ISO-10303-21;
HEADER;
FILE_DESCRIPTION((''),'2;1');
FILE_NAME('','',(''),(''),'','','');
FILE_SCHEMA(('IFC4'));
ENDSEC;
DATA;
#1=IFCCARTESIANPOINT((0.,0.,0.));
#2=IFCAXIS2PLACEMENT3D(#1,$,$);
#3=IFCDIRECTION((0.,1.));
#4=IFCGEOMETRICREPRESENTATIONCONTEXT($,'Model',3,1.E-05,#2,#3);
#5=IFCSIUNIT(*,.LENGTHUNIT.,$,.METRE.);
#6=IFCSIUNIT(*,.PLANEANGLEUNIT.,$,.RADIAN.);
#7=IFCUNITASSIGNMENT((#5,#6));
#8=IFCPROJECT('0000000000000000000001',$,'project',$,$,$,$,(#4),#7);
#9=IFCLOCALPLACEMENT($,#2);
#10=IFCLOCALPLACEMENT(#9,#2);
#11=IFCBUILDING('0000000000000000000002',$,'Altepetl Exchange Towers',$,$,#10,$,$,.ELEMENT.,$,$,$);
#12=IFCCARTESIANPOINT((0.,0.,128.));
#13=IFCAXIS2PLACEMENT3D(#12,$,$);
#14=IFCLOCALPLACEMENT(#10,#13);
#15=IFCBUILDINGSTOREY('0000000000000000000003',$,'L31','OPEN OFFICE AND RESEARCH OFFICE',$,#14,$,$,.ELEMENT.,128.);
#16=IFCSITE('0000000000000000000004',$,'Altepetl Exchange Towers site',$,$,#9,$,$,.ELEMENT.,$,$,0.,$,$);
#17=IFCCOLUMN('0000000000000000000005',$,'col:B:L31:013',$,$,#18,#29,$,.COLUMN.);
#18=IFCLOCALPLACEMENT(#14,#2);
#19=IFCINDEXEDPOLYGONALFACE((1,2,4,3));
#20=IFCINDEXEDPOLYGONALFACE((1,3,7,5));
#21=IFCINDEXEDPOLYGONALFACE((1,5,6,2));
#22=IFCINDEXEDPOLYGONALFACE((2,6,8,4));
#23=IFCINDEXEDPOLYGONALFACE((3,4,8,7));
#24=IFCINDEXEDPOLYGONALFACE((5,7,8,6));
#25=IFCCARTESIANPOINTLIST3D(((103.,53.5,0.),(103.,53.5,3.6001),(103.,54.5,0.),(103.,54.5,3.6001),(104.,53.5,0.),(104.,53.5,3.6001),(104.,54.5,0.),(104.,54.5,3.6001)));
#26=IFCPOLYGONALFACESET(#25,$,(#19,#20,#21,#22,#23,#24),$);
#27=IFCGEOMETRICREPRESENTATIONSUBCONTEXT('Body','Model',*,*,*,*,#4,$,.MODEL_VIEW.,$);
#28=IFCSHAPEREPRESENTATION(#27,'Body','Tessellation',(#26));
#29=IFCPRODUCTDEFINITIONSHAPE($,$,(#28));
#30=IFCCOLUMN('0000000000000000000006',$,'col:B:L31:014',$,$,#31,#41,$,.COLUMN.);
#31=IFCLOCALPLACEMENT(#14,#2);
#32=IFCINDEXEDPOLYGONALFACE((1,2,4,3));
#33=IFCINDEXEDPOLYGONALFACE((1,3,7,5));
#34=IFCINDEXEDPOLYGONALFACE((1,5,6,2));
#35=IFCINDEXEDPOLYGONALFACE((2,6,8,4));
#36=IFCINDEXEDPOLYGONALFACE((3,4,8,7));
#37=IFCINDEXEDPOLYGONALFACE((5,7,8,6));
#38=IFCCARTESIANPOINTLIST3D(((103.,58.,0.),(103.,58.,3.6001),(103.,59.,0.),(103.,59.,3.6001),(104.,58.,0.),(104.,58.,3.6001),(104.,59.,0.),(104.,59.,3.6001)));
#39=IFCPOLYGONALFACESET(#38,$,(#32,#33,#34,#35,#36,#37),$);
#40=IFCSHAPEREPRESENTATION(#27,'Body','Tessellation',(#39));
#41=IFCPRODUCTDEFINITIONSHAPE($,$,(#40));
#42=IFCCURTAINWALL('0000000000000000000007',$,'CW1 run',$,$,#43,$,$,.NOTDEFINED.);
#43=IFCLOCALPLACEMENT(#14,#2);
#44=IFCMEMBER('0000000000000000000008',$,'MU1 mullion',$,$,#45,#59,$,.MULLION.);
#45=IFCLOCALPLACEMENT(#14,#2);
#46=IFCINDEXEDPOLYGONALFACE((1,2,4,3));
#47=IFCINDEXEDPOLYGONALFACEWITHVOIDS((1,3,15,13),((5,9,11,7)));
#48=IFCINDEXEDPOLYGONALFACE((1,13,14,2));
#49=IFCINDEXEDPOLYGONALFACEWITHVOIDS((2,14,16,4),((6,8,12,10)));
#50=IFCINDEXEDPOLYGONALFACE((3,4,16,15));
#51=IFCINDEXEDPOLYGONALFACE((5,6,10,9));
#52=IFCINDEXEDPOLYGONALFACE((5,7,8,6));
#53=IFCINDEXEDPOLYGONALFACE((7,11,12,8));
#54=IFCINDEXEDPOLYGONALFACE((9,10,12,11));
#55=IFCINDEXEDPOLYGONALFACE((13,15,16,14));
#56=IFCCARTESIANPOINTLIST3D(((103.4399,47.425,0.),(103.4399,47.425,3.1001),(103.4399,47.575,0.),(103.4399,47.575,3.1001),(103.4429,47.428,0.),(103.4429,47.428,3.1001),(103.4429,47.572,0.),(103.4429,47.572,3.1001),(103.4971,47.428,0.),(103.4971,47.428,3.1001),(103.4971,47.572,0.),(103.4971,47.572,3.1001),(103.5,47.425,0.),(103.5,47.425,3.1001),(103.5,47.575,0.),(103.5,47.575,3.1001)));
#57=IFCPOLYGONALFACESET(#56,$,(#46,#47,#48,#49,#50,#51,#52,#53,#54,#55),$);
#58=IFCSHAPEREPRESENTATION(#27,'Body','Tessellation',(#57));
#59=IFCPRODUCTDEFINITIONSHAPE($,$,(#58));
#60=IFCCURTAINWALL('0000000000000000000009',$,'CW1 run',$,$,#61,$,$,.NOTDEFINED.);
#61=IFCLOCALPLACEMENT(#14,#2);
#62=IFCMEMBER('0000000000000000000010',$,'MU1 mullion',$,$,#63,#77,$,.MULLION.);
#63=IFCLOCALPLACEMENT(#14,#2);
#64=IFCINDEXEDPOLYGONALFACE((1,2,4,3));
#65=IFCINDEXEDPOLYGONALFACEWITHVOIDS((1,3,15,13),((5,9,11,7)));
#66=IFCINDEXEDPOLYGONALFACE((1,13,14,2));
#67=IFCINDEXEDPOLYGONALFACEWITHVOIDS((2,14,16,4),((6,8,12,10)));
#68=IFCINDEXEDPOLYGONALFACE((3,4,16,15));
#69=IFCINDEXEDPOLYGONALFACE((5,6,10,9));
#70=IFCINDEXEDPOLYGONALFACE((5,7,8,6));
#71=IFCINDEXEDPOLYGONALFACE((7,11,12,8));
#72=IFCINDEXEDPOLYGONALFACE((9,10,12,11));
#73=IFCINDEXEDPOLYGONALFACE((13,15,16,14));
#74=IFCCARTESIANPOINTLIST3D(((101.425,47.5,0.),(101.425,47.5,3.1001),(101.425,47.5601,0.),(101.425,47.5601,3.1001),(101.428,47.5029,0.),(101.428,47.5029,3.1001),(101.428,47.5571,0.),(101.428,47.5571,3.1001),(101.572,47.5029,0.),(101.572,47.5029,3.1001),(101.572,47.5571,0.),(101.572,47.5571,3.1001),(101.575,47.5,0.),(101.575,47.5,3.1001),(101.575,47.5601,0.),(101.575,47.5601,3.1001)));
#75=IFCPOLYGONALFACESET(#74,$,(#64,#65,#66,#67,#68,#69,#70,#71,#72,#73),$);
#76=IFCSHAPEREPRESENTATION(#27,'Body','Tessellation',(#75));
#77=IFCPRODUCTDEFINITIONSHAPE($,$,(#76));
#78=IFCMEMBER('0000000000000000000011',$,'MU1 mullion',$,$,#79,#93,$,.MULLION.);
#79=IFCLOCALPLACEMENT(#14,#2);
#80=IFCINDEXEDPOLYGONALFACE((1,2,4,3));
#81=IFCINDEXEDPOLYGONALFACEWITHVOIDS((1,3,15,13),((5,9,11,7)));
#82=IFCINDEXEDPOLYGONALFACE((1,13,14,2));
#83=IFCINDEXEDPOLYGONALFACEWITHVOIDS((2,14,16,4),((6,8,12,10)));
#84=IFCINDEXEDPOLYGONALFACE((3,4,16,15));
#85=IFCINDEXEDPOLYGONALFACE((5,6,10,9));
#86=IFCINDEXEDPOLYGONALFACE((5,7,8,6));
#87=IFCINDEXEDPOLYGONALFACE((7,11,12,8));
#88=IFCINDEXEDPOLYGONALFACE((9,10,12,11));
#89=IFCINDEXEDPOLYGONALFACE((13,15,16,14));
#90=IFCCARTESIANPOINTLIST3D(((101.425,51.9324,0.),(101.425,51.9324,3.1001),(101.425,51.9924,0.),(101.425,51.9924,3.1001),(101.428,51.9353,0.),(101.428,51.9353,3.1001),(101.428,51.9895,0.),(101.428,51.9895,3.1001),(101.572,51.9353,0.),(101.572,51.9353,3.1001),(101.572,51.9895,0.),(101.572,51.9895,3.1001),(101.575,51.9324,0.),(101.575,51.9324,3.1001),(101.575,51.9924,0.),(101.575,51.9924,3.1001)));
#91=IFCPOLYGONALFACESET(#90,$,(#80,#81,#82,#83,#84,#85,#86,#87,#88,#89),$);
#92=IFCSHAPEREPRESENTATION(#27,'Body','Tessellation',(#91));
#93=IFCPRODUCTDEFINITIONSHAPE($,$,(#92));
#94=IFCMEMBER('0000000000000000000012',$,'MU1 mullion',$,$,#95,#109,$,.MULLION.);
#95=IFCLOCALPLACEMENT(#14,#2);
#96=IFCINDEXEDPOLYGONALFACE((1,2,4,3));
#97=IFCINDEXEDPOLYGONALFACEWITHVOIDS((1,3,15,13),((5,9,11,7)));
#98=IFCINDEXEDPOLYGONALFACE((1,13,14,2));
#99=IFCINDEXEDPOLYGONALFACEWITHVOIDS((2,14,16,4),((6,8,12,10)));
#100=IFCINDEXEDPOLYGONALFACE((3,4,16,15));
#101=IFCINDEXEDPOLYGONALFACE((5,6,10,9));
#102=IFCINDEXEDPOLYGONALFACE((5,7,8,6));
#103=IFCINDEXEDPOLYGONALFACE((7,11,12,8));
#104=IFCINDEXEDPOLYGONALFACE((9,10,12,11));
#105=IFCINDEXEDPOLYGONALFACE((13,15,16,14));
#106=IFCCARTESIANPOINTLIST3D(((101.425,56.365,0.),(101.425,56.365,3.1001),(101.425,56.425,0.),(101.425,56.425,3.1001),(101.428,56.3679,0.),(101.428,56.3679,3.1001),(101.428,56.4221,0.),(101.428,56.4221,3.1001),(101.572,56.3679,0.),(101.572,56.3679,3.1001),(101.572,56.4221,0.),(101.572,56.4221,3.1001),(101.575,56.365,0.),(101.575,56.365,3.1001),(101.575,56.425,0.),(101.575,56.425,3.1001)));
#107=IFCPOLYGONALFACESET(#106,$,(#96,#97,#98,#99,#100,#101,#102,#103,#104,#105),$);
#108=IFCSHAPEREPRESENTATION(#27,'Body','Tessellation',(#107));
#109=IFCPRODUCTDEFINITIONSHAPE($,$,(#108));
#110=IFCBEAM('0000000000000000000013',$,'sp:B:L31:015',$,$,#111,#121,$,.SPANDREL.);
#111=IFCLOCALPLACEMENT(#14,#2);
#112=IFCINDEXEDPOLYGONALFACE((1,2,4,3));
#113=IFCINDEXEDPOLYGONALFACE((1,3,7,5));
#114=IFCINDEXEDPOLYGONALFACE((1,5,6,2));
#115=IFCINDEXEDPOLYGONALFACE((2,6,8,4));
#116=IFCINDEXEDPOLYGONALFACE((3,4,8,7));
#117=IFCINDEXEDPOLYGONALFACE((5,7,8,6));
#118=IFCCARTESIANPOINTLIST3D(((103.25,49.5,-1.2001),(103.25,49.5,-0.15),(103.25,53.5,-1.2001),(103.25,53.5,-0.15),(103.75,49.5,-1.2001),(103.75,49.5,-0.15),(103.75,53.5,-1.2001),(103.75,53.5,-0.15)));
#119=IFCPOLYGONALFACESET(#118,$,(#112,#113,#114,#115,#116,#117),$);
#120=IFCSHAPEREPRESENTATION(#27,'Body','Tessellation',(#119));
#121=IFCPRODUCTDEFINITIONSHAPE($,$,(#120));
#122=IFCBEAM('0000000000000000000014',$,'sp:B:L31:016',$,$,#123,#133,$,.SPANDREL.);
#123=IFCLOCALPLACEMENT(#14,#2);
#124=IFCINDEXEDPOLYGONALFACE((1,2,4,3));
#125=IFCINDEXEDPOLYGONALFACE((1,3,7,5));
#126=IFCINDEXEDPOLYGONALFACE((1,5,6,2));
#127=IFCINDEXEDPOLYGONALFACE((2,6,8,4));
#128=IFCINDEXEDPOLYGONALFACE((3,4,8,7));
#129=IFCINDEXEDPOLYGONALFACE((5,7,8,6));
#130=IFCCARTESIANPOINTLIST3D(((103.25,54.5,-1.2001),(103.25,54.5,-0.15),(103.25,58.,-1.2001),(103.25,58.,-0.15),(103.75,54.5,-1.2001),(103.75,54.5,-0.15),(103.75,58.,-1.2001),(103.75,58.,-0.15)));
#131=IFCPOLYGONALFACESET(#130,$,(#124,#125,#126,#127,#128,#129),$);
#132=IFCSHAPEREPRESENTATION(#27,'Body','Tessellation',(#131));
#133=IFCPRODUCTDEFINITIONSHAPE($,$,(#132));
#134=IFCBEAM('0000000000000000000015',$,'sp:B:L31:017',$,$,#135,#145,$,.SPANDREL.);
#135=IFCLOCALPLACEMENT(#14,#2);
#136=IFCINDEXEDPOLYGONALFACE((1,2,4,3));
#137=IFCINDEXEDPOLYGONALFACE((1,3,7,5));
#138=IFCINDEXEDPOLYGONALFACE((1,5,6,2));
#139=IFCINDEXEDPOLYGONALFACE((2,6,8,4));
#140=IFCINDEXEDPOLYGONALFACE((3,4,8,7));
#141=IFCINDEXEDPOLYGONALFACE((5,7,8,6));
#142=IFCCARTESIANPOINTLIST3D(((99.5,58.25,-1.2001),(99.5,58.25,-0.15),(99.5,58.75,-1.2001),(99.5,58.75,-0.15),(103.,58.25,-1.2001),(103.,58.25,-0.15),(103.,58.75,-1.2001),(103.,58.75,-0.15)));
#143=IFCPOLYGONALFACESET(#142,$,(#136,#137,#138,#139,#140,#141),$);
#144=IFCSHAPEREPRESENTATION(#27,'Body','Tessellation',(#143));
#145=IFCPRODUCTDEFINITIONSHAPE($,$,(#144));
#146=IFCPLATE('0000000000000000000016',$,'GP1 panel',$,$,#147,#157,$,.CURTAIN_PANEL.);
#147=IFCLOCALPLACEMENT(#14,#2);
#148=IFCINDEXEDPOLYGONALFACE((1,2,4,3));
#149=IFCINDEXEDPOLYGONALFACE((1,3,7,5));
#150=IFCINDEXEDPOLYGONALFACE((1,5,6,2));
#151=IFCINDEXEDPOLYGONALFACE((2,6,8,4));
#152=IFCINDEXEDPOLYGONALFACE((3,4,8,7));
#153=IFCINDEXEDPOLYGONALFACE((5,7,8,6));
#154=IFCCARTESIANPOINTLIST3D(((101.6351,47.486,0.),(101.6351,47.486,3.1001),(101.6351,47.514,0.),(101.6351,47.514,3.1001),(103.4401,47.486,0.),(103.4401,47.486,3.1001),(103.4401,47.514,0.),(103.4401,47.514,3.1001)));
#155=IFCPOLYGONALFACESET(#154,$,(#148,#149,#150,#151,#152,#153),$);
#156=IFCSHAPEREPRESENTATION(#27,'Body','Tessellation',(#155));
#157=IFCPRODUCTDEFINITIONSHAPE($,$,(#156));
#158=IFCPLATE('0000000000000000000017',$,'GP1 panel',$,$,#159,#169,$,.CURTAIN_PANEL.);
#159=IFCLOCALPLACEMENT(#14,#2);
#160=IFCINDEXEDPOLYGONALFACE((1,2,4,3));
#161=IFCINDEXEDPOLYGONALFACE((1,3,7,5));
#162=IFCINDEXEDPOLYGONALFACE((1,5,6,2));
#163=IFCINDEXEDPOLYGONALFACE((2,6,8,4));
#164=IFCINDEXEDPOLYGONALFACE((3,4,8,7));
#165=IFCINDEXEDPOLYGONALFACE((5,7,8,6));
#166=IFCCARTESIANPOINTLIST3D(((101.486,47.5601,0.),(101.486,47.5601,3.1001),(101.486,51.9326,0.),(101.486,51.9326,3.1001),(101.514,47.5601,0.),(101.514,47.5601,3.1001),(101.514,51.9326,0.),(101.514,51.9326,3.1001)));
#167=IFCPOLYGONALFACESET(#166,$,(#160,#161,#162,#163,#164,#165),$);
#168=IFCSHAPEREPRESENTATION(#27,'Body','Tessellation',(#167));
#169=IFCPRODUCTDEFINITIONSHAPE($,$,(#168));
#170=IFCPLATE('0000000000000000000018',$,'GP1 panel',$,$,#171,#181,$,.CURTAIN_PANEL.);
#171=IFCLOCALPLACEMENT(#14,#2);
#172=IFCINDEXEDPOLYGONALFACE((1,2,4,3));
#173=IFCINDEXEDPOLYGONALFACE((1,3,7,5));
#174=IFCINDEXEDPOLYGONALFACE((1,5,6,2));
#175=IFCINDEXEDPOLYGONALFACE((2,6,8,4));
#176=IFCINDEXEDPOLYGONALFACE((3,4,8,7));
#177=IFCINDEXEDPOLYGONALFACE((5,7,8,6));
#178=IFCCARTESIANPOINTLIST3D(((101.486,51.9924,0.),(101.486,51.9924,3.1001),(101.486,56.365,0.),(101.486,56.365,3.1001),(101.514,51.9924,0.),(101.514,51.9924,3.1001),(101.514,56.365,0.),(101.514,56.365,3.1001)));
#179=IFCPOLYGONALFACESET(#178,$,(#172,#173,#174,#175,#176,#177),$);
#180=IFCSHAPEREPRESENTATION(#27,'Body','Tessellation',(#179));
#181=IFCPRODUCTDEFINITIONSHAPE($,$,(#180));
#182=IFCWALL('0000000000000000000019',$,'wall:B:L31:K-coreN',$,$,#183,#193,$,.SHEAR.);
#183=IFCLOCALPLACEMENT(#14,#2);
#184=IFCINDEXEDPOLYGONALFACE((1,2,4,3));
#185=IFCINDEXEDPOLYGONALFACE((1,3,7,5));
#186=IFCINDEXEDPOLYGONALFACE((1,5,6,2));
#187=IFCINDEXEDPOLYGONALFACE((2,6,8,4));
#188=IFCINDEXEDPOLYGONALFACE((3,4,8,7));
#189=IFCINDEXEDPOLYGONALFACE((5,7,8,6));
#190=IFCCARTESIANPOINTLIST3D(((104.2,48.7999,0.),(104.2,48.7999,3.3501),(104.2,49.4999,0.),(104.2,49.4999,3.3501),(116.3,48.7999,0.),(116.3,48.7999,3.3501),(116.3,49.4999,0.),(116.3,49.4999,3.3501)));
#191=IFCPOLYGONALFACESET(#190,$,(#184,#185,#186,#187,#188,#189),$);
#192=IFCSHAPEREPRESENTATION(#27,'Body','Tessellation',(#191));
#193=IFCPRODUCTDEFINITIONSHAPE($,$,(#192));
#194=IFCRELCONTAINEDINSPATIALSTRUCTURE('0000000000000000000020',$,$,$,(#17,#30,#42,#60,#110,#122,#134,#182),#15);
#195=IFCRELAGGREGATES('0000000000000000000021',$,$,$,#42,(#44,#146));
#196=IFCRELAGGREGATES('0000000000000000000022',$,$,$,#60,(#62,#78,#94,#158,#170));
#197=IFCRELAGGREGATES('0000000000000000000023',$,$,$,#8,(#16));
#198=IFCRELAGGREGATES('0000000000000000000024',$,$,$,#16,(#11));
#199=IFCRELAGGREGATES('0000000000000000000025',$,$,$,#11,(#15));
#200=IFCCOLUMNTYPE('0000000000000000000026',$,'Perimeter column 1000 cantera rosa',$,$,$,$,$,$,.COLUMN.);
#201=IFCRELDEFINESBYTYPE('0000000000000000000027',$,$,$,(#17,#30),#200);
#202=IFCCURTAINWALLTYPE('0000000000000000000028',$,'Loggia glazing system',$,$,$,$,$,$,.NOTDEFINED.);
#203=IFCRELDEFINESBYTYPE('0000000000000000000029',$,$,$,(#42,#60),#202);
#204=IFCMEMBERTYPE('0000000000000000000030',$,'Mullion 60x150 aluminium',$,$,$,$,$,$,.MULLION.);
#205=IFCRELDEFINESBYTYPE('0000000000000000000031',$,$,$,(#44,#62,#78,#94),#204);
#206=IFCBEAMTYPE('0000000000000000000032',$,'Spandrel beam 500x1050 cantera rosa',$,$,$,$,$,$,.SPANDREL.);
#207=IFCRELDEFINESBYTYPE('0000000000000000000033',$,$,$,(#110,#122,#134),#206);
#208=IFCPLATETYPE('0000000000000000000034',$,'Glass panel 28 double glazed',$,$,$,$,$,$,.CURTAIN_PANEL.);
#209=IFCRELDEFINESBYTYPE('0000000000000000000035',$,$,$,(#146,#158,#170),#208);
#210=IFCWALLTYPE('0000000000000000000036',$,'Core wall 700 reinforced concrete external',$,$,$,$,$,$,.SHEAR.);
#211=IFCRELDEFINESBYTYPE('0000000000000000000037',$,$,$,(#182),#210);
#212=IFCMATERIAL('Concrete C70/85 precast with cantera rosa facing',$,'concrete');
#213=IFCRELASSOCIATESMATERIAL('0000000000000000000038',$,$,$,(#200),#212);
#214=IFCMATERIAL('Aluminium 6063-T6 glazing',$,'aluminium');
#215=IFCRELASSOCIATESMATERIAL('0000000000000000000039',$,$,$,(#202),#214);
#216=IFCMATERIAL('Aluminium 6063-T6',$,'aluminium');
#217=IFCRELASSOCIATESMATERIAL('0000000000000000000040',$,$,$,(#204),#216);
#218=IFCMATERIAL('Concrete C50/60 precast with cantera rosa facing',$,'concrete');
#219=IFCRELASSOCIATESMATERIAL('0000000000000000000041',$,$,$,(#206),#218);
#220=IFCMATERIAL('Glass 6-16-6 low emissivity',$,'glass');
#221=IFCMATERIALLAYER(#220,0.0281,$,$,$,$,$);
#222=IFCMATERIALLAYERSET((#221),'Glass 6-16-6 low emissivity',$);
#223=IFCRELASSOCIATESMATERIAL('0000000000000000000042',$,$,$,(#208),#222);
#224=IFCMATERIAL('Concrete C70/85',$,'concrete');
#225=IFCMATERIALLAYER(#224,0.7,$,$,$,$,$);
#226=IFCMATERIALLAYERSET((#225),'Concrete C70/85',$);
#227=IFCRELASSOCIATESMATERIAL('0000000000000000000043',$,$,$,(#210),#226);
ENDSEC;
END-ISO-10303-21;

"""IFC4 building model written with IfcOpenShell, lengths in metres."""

from ifc_helpers import new_model, si_unit, direction, frame, frame_2d, origin, origin_2d, place, context, subcontext, project, spatial, rectangle, hollow_rectangle, extrude, material, layer, layer_set, material_profile, profile_set, type_object, element, aggregate, save


model = new_model("IFC4")

# Units and contexts
model_context = context("Model", 3, precision=1e-05, world=origin(), true_north=direction((0.0, 1.0)))
body_context = subcontext(model_context, "Body", "Model", "MODEL_VIEW")
ifc_project = project(units=[si_unit("LENGTHUNIT", "METRE"), si_unit("PLANEANGLEUNIT", "RADIAN")], contexts=[model_context])

# Site, building, storey
site_placement = place(None, origin())
site = spatial("IfcSite", under=ifc_project, at=site_placement, Name="Altepetl Exchange Towers site", CompositionType="ELEMENT", RefElevation=0.0)
building_placement = place(site_placement, origin())
building = spatial("IfcBuilding", under=site, at=building_placement, Name="Altepetl Exchange Towers", CompositionType="ELEMENT")
storey_placement = place(building_placement, frame((0.0, 0.0, 128.0)))
storey = spatial("IfcBuildingStorey", under=building, at=storey_placement, Name="L31", Description="OPEN OFFICE AND RESEARCH OFFICE", CompositionType="ELEMENT", Elevation=128.0)

# Columns
ifc_material_1 = material(Name="Concrete C70/85 precast with cantera rosa facing", Category="concrete")
ifc_material_profile_1 = material_profile(ifc_material_1, rectangle(XDim=1.0, YDim=1.0, at=origin_2d()), Name="1000 x 1000")
ifc_profile_set_1 = profile_set([ifc_material_profile_1], Name="Concrete C70/85 precast with cantera rosa facing")
column_type = type_object("IfcColumnType", Name="Perimeter column 1000 cantera rosa", PredefinedType="COLUMN", material=ifc_profile_set_1)
for number, where, name in (
    (1, (103.5, 54.0, 0.0), "col:B:L31:013"),
    (2, (103.5, 58.5, 0.0), "col:B:L31:014"),
):
    element("IfcColumn", number, at=place(storey_placement, frame(where)), inside=storey, type_object=column_type, Name=name, PredefinedType="COLUMN", context=body_context, shape_type="SweptSolid", body=[
        extrude(rectangle(XDim=1.0, YDim=1.0, at=origin_2d()), origin(), (0.0, 0.0, 1.0), 3.6001),
    ])

# Curtain wall, member
ifc_material_2 = material(Name="Aluminium 6063-T6 glazing", Category="aluminium")
curtain_wall_type = type_object("IfcCurtainWallType", Name="Loggia glazing system", PredefinedType="NOTDEFINED", material=ifc_material_2)
curtain_wall_1_placement = place(storey_placement, origin())
curtain_wall_1 = element("IfcCurtainWall", 3, at=curtain_wall_1_placement, inside=storey, type_object=curtain_wall_type, Name="CW1 run", PredefinedType="NOTDEFINED")
ifc_material_3 = material(Name="Aluminium 6063-T6", Category="aluminium")
ifc_material_profile_2 = material_profile(ifc_material_3, hollow_rectangle(XDim=0.0601, YDim=0.1499, WallThickness=0.0029, at=origin_2d()), Name="Mullion 60x150 aluminium")
ifc_profile_set_2 = profile_set([ifc_material_profile_2], Name="Aluminium 6063-T6")
member_type = type_object("IfcMemberType", Name="Mullion 60x150 aluminium", PredefinedType="MULLION", material=ifc_profile_set_2)
member_1_placement = place(storey_placement, frame((103.47, 47.5, 0.0), z_axis=(0.0, 0.0, 1.0), x_axis=(-1.0, 0.0, 0.0)))
member_1 = element("IfcMember", 4, at=member_1_placement, type_object=member_type, Name="MU1 mullion", PredefinedType="MULLION", context=body_context, shape_type="SweptSolid", body=[
    extrude(hollow_rectangle(XDim=0.0601, YDim=0.1499, WallThickness=0.0029, at=origin_2d()), origin(), (0.0, 0.0, 1.0), 3.1001),
])

# Curtain wall, members
curtain_wall_2_placement = place(storey_placement, origin())
curtain_wall_2 = element("IfcCurtainWall", 5, at=curtain_wall_2_placement, inside=storey, type_object=curtain_wall_type, Name="CW1 run", PredefinedType="NOTDEFINED")
member_2_placement = place(storey_placement, frame((101.5, 47.53, 0.0), z_axis=(0.0, 0.0, 1.0), x_axis=(0.0, 1.0, 0.0)))
member_2 = element("IfcMember", 6, at=member_2_placement, type_object=member_type, Name="MU1 mullion", PredefinedType="MULLION", context=body_context, shape_type="SweptSolid", body=[
    extrude(hollow_rectangle(XDim=0.0601, YDim=0.1499, WallThickness=0.0029, at=origin_2d()), origin(), (0.0, 0.0, 1.0), 3.1001),
])
member_3_placement = place(storey_placement, frame((101.5, 51.9624, 0.0), z_axis=(0.0, 0.0, 1.0), x_axis=(0.0, 1.0, 0.0)))
member_3 = element("IfcMember", 7, at=member_3_placement, type_object=member_type, Name="MU1 mullion", PredefinedType="MULLION", context=body_context, shape_type="SweptSolid", body=[
    extrude(hollow_rectangle(XDim=0.0601, YDim=0.1499, WallThickness=0.0029, at=origin_2d()), origin(), (0.0, 0.0, 1.0), 3.1001),
])
member_4_placement = place(storey_placement, frame((101.5, 56.395, 0.0), z_axis=(0.0, 0.0, 1.0), x_axis=(0.0, 1.0, 0.0)))
member_4 = element("IfcMember", 8, at=member_4_placement, type_object=member_type, Name="MU1 mullion", PredefinedType="MULLION", context=body_context, shape_type="SweptSolid", body=[
    extrude(hollow_rectangle(XDim=0.0601, YDim=0.1499, WallThickness=0.0029, at=origin_2d()), origin(), (0.0, 0.0, 1.0), 3.1001),
])

# Beams
ifc_material_4 = material(Name="Concrete C50/60 precast with cantera rosa facing", Category="concrete")
ifc_material_profile_3 = material_profile(ifc_material_4, rectangle(XDim=0.5, YDim=1.05, at=origin_2d()), Name="500 x 1050")
ifc_profile_set_3 = profile_set([ifc_material_profile_3], Name="Concrete C50/60 precast with cantera rosa facing")
beam_type = type_object("IfcBeamType", Name="Spandrel beam 500x1050 cantera rosa", PredefinedType="SPANDREL", material=ifc_profile_set_3)
beam_placement = place(storey_placement, frame((103.5, 49.5, -0.675), z_axis=(0.0, 1.0, 0.0), x_axis=(-1.0, 0.0, 0.0)))
element("IfcBeam", 9, at=beam_placement, inside=storey, type_object=beam_type, Name="sp:B:L31:015", PredefinedType="SPANDREL", context=body_context, shape_type="SweptSolid", body=[
    extrude(rectangle(XDim=0.5, YDim=1.05, at=origin_2d()), origin(), (0.0, 0.0, 1.0), 4.0),
])
for number, where, z_axis, x_axis, name in (
    (10, (103.5, 54.5, -0.675), (0.0, 1.0, 0.0), (-1.0, 0.0, 0.0), "sp:B:L31:016"),
    (11, (103.0, 58.5, -0.675), (-1.0, 0.0, 0.0), (0.0, -1.0, 0.0), "sp:B:L31:017"),
):
    element("IfcBeam", number, at=place(storey_placement, frame(where, z_axis=z_axis, x_axis=x_axis)), inside=storey, type_object=beam_type, Name=name, PredefinedType="SPANDREL", context=body_context, shape_type="SweptSolid", body=[
        extrude(rectangle(XDim=0.5, YDim=1.05, at=origin_2d()), origin(), (0.0, 0.0, 1.0), 3.5),
    ])

# Plates
ifc_material_5 = material(Name="Glass 6-16-6 low emissivity", Category="glass")
ifc_layer_1 = layer(ifc_material_5, 0.0281)
ifc_layer_set_1 = layer_set([ifc_layer_1], Name="Glass 6-16-6 low emissivity")
plate_type = type_object("IfcPlateType", Name="Glass panel 28 double glazed", PredefinedType="CURTAIN_PANEL", material=ifc_layer_set_1)
plate_1_placement = place(storey_placement, frame((102.5376, 47.5, 0.0), z_axis=(0.0, 0.0, 1.0), x_axis=(-1.0, 0.0, 0.0)))
plate_1 = element("IfcPlate", 12, at=plate_1_placement, type_object=plate_type, Name="GP1 panel", PredefinedType="CURTAIN_PANEL", context=body_context, shape_type="SweptSolid", body=[
    extrude(rectangle(XDim=1.8049, YDim=0.0281, at=origin_2d()), origin(), (0.0, 0.0, 1.0), 3.1001),
])
aggregate(curtain_wall_1, [member_1, plate_1])
plate_2_placement = place(storey_placement, frame((101.5, 49.7463, 0.0), z_axis=(0.0, 0.0, 1.0), x_axis=(0.0, 1.0, 0.0)))
plate_2 = element("IfcPlate", 13, at=plate_2_placement, type_object=plate_type, Name="GP1 panel", PredefinedType="CURTAIN_PANEL", context=body_context, shape_type="SweptSolid", body=[
    extrude(rectangle(XDim=4.3726, YDim=0.0281, at=origin_2d()), origin(), (0.0, 0.0, 1.0), 3.1001),
])
plate_3_placement = place(storey_placement, frame((101.5, 54.1787, 0.0), z_axis=(0.0, 0.0, 1.0), x_axis=(0.0, 1.0, 0.0)))
plate_3 = element("IfcPlate", 14, at=plate_3_placement, type_object=plate_type, Name="GP1 panel", PredefinedType="CURTAIN_PANEL", context=body_context, shape_type="SweptSolid", body=[
    extrude(rectangle(XDim=4.3726, YDim=0.0281, at=origin_2d()), origin(), (0.0, 0.0, 1.0), 3.1001),
])
aggregate(curtain_wall_2, [member_2, member_3, member_4, plate_2, plate_3])

# Wall
ifc_material_6 = material(Name="Concrete C70/85", Category="concrete")
ifc_layer_2 = layer(ifc_material_6, 0.7)
ifc_layer_set_2 = layer_set([ifc_layer_2], Name="Concrete C70/85")
wall_type_1 = type_object("IfcWallType", Name="Core wall 700 reinforced concrete external", PredefinedType="SHEAR", material=ifc_layer_set_2)
wall_1_placement = place(storey_placement, frame((104.2, 49.1499, 0.0)))
element("IfcWall", 15, at=wall_1_placement, inside=storey, type_object=wall_type_1, Name="wall:B:L31:K-coreN", PredefinedType="SHEAR", context=body_context, shape_type="SweptSolid", body=[
    extrude(rectangle(XDim=12.1001, YDim=0.7, at=frame_2d((6.05, 0.0))), origin(), (0.0, 0.0, 1.0), 3.3501),
])

save(model, "model.ifc")
